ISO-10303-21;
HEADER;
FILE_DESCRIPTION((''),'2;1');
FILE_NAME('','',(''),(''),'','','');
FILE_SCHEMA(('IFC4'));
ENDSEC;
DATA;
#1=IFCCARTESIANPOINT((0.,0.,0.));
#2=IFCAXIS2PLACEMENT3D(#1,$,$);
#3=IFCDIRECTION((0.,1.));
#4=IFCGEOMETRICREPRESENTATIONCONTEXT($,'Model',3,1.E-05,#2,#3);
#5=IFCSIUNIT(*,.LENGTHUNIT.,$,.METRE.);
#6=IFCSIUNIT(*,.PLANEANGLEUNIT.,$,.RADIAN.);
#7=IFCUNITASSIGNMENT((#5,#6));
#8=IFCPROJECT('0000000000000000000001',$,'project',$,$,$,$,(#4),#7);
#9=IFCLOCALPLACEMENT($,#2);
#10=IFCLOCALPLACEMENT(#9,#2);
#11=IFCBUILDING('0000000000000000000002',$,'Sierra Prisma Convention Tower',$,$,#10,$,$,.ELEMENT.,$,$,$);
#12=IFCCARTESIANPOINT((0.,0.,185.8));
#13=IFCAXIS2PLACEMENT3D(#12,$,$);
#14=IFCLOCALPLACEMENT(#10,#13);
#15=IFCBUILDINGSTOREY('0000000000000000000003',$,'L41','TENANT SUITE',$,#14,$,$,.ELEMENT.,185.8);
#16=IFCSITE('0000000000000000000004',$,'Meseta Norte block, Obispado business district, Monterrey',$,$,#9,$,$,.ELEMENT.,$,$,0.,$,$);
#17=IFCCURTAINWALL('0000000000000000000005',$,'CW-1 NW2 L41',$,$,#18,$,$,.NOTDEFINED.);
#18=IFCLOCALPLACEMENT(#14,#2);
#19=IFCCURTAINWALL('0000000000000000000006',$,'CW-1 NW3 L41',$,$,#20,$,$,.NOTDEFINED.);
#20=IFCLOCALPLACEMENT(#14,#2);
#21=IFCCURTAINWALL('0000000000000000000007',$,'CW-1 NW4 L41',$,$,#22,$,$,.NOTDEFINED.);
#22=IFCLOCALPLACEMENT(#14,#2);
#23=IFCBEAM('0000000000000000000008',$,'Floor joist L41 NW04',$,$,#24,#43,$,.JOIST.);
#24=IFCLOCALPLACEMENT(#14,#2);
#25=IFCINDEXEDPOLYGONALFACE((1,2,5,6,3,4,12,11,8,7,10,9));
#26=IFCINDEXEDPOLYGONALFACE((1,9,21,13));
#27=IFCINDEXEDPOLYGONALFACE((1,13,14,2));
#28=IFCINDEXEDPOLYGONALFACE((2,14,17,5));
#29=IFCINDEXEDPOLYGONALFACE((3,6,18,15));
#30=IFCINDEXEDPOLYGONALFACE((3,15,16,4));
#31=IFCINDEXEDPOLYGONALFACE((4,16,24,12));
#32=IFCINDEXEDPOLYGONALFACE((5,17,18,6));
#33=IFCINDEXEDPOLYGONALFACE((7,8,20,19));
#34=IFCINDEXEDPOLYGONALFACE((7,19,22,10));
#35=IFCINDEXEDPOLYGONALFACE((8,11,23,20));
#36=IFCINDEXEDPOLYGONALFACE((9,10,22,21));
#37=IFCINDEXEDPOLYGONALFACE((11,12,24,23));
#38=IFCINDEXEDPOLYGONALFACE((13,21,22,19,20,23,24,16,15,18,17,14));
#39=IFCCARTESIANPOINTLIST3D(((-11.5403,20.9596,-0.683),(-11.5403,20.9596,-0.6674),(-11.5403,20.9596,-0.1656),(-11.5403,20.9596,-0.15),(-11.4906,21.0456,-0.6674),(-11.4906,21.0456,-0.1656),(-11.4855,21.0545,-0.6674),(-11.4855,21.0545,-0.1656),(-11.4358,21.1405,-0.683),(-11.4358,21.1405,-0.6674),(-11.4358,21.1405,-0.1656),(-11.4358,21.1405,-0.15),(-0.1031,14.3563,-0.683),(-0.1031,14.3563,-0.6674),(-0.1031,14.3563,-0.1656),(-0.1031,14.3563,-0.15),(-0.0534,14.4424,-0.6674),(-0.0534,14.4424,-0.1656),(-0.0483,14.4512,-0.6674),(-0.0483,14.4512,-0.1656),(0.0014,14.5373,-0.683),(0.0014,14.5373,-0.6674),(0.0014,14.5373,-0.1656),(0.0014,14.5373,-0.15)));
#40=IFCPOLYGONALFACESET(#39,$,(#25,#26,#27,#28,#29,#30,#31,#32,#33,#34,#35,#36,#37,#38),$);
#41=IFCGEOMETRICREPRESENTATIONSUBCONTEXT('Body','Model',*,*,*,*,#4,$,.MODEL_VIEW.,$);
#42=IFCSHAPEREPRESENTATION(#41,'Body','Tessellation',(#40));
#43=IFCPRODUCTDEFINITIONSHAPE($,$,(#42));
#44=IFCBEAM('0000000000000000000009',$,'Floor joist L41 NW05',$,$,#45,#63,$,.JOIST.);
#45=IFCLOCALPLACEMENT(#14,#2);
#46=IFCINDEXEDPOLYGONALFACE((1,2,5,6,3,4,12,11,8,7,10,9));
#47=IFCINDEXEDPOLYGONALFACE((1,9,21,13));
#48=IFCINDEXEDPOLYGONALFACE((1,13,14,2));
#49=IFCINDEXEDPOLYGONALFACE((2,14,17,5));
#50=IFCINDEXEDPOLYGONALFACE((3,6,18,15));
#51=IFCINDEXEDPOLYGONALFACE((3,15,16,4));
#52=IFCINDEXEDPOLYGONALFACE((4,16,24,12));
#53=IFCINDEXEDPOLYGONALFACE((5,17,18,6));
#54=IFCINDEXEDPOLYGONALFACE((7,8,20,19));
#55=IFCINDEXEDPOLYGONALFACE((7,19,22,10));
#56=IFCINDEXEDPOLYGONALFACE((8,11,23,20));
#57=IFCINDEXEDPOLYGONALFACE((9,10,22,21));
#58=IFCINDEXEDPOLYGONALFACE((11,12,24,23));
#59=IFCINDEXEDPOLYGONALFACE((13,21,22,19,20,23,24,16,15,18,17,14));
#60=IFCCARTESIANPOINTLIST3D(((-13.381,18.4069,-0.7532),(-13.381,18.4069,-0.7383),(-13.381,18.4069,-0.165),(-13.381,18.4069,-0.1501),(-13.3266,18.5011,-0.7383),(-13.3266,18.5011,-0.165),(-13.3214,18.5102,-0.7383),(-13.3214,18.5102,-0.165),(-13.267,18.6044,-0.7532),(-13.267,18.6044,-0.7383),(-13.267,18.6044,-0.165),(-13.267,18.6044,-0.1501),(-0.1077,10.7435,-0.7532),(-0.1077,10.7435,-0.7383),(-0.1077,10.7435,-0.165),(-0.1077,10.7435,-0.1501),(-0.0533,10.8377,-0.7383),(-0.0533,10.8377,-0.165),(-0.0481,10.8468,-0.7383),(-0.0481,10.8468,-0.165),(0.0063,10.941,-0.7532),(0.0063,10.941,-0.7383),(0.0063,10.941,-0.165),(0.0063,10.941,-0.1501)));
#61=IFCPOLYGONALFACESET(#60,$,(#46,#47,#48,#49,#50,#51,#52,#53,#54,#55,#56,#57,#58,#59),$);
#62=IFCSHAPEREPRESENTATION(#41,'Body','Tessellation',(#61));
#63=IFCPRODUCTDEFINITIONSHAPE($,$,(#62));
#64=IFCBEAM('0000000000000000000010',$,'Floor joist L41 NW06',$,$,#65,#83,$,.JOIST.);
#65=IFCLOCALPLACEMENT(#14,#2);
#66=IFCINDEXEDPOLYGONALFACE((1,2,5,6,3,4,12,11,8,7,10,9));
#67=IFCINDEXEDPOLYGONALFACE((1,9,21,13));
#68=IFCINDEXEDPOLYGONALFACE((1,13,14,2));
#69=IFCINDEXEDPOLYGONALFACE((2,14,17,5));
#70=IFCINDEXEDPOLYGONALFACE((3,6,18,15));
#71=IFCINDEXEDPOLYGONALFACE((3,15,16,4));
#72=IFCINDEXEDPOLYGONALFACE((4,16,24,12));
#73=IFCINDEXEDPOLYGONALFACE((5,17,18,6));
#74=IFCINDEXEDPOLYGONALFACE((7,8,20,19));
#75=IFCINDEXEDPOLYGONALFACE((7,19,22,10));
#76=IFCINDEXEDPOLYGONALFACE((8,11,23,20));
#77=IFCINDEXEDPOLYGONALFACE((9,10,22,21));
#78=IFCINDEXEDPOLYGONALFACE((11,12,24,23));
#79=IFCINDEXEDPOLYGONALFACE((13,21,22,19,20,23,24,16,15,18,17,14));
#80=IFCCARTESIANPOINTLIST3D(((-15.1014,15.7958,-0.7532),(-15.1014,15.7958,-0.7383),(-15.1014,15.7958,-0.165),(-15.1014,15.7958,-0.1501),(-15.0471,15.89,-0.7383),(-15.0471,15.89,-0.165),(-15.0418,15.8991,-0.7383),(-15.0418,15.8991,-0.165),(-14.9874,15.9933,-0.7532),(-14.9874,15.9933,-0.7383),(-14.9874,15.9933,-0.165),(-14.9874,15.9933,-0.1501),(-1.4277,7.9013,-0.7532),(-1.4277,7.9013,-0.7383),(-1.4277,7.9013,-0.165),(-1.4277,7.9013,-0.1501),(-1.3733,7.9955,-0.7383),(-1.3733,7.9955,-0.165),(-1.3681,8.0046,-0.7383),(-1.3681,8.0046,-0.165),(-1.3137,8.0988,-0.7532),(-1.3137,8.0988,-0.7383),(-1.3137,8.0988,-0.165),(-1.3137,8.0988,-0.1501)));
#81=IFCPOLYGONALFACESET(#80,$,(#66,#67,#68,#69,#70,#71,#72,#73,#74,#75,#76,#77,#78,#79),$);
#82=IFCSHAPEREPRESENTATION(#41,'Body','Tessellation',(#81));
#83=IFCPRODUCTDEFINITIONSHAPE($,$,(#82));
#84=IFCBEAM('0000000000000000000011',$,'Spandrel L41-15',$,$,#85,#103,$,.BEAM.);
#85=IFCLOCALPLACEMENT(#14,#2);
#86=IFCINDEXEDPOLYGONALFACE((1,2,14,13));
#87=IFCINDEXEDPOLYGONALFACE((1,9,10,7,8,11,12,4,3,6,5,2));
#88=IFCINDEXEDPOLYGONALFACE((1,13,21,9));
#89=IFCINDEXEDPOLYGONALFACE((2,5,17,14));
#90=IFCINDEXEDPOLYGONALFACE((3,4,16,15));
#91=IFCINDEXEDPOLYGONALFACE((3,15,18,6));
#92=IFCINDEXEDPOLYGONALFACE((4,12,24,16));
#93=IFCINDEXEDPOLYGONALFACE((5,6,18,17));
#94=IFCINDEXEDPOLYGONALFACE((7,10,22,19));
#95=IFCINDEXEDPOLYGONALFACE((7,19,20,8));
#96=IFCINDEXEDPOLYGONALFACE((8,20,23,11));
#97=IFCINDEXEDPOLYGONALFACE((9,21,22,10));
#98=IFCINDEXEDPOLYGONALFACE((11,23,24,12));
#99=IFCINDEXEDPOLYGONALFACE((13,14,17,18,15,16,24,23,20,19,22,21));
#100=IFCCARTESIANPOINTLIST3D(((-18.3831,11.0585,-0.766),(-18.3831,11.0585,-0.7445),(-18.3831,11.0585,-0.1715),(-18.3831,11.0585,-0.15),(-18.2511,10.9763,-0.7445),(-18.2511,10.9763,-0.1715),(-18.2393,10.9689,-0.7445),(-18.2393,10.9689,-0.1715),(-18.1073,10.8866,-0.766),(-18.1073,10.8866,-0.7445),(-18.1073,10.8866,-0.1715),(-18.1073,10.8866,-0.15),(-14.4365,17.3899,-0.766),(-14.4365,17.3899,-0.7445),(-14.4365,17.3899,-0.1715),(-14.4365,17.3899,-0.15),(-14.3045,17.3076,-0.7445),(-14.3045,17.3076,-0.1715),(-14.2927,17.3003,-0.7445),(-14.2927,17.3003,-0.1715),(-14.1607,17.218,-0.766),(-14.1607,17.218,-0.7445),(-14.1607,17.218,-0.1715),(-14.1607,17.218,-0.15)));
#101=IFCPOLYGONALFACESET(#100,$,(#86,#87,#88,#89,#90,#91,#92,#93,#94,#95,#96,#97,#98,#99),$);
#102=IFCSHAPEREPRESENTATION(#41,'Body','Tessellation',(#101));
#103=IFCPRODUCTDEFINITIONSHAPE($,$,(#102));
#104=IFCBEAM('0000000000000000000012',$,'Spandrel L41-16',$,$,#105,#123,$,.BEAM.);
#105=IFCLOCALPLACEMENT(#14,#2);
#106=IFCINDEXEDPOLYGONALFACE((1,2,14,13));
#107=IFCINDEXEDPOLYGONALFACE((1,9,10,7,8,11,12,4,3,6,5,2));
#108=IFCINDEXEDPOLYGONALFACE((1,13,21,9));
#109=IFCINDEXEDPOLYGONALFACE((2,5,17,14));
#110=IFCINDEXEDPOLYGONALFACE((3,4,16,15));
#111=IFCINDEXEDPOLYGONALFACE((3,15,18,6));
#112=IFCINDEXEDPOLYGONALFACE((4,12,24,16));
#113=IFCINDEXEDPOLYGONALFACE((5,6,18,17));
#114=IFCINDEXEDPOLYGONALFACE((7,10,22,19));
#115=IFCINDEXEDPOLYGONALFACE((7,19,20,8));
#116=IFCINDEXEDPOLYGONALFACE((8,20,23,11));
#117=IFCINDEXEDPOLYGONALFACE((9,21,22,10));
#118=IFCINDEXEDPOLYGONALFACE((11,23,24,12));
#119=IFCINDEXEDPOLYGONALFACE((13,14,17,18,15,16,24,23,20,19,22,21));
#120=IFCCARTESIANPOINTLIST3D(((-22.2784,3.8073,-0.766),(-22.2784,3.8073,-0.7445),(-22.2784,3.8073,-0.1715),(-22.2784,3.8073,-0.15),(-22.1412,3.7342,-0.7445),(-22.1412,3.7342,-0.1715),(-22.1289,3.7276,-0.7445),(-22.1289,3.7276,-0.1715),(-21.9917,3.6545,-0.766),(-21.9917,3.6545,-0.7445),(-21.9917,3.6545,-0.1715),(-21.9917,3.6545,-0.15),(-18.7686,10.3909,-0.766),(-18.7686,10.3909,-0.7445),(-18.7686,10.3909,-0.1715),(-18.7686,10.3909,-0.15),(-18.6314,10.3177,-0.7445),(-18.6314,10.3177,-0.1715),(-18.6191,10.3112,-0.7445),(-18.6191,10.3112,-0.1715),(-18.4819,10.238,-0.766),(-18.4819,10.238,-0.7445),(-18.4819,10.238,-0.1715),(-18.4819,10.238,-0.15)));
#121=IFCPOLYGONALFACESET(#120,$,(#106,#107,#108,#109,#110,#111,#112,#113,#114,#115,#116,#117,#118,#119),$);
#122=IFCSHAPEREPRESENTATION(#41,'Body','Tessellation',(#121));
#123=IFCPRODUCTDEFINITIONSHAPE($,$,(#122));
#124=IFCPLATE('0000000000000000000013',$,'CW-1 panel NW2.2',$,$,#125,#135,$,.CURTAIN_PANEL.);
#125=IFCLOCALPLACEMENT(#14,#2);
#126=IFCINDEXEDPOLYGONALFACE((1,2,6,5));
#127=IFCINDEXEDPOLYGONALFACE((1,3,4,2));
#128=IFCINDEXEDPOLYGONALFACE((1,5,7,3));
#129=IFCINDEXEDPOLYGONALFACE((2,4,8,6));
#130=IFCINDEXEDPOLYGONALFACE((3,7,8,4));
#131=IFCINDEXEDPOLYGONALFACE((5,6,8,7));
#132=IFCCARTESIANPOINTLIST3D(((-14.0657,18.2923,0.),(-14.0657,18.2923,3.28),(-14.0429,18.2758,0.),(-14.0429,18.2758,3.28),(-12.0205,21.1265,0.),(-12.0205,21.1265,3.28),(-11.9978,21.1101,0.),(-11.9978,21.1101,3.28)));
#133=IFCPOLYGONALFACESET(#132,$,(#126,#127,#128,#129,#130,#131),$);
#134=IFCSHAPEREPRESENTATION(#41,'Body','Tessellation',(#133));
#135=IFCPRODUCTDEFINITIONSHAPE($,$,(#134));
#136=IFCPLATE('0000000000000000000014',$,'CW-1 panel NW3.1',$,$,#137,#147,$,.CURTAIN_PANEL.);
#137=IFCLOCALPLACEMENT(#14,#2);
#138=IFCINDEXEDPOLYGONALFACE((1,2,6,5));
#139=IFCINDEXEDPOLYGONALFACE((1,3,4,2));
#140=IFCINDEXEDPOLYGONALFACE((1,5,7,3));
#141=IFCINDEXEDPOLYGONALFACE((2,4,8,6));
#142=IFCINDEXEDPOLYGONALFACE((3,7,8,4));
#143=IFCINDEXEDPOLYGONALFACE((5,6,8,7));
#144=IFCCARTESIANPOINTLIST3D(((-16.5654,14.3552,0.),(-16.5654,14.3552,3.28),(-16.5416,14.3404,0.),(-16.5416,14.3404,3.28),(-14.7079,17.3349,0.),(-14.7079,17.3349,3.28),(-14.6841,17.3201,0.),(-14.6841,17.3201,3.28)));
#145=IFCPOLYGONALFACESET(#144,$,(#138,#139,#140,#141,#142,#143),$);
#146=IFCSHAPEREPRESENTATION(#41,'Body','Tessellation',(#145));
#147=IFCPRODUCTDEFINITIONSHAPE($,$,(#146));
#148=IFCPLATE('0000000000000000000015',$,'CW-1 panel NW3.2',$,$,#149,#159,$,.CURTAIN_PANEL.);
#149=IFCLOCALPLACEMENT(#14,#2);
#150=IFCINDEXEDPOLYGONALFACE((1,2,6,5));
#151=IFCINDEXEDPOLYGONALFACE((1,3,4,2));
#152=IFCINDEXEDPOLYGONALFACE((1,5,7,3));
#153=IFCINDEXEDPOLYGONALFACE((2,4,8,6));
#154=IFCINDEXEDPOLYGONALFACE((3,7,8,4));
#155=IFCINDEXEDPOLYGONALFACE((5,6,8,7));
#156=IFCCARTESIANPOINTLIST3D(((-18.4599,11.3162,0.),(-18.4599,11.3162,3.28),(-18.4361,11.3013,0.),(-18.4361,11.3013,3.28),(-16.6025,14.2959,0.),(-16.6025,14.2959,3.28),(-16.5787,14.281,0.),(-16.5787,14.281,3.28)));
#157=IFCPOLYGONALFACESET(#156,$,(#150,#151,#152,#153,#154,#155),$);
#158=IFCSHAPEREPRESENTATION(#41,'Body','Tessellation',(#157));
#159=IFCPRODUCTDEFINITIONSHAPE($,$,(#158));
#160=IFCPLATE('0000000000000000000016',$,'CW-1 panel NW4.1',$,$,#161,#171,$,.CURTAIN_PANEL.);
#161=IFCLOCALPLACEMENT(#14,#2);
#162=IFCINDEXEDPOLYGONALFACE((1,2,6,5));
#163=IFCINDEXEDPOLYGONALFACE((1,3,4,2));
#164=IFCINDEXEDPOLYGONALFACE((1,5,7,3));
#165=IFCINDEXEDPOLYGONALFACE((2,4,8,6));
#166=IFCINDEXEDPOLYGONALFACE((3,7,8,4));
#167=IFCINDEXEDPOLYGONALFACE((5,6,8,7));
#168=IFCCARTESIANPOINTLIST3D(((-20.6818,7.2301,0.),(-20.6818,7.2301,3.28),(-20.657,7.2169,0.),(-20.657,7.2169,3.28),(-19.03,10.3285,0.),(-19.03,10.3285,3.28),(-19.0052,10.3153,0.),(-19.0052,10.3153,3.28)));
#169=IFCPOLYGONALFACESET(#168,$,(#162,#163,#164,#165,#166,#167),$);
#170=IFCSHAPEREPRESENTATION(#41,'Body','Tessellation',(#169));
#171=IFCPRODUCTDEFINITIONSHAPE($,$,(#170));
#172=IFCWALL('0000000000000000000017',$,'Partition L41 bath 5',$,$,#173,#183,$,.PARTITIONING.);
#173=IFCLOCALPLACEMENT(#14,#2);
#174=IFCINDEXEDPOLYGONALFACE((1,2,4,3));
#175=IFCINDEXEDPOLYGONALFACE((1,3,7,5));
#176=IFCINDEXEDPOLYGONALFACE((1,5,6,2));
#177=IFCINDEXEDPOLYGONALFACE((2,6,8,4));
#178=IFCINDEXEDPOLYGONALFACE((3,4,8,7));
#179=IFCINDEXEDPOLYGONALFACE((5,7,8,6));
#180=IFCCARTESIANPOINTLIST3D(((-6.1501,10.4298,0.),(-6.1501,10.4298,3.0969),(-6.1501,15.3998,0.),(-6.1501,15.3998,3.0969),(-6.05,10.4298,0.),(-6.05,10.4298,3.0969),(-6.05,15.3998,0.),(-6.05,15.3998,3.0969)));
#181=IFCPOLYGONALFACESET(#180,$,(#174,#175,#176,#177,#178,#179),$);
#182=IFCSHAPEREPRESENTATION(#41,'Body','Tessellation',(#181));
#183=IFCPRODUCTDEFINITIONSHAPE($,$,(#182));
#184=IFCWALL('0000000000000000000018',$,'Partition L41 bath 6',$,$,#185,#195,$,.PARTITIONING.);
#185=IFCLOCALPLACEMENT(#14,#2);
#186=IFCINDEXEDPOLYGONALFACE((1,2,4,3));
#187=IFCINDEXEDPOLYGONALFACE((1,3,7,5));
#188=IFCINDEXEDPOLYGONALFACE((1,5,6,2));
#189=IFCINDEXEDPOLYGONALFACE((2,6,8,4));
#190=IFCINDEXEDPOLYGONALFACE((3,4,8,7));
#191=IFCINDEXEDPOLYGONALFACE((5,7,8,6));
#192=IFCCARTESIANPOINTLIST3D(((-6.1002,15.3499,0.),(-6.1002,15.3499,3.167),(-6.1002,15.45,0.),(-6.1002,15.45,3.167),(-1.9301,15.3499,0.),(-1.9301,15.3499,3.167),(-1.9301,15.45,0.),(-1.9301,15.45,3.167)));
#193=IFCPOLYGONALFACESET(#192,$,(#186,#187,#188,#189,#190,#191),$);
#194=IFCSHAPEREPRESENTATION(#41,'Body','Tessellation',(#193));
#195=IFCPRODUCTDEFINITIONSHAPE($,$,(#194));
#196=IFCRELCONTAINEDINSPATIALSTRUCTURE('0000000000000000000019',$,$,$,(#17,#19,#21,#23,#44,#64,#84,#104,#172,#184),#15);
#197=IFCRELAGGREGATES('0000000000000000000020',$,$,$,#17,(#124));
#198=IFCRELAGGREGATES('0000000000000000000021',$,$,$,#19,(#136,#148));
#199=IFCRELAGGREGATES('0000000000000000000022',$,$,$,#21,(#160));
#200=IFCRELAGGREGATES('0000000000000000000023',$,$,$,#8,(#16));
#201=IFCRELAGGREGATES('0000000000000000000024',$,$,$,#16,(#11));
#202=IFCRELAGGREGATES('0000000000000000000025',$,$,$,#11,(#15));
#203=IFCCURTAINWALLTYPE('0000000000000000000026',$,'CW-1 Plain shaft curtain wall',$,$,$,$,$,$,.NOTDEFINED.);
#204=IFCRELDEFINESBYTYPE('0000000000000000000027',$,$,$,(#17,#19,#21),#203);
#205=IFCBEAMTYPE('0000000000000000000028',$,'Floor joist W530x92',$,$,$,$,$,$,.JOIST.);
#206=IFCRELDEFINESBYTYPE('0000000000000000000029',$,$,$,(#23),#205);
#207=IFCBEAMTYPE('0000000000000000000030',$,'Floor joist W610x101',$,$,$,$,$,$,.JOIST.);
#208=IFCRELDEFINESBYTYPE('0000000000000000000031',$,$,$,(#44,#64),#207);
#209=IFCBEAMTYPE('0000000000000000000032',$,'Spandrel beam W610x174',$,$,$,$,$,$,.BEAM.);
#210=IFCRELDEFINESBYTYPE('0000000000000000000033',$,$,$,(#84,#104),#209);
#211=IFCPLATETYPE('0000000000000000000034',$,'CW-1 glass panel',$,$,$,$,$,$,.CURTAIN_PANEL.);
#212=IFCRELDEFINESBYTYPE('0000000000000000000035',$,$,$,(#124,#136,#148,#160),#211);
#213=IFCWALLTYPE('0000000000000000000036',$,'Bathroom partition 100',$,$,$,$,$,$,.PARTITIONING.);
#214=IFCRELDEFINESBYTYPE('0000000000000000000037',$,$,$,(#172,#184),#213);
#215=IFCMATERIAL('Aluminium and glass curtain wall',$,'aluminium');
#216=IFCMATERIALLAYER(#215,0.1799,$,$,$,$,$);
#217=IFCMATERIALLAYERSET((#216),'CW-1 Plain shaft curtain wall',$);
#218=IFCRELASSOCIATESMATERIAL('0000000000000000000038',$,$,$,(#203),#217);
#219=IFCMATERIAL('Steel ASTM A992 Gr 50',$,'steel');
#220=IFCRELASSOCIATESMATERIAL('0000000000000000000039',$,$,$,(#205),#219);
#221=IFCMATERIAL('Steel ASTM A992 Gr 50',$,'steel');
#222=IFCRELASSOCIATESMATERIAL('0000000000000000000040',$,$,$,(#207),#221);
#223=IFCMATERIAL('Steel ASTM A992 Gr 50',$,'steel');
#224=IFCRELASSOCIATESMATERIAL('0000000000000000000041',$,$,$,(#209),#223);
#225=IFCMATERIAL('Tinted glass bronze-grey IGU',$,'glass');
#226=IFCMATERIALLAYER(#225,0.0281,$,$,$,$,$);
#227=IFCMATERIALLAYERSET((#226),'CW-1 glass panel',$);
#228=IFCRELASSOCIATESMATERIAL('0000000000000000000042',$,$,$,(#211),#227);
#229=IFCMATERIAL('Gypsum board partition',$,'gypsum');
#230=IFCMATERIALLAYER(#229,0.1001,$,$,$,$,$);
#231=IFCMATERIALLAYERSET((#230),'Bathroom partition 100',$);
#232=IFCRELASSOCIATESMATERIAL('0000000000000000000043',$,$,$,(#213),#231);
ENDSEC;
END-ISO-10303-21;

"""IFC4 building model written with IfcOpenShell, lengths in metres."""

from ifc_helpers import new_model, si_unit, direction, frame, frame_2d, origin, origin_2d, place, context, subcontext, project, spatial, rectangle, i_section, extrude, material, layer, layer_set, material_profile, profile_set, type_object, element, aggregate, save


model = new_model("IFC4")

# Units and contexts
model_context = context("Model", 3, precision=1e-05, world=origin(), true_north=direction((0.0, 1.0)))
body_context = subcontext(model_context, "Body", "Model", "MODEL_VIEW")
ifc_project = project(units=[si_unit("LENGTHUNIT", "METRE"), si_unit("PLANEANGLEUNIT", "RADIAN")], contexts=[model_context])

# Site, building, storey
site_placement = place(None, origin())
site = spatial("IfcSite", under=ifc_project, at=site_placement, Name="Meseta Norte block, Obispado business district, Monterrey", CompositionType="ELEMENT", RefElevation=0.0)
building_placement = place(site_placement, origin())
building = spatial("IfcBuilding", under=site, at=building_placement, Name="Sierra Prisma Convention Tower", CompositionType="ELEMENT")
storey_placement = place(building_placement, frame((0.0, 0.0, 185.8)))
storey = spatial("IfcBuildingStorey", under=building, at=storey_placement, Name="L41", Description="TENANT SUITE", CompositionType="ELEMENT", Elevation=185.8)

# Curtain wall
ifc_material_1 = material(Name="Aluminium and glass curtain wall", Category="aluminium")
ifc_layer_1 = layer(ifc_material_1, 0.1799)
ifc_layer_set_1 = layer_set([ifc_layer_1], Name="CW-1 Plain shaft curtain wall")
curtain_wall_type = type_object("IfcCurtainWallType", Name="CW-1 Plain shaft curtain wall", PredefinedType="NOTDEFINED", material=ifc_layer_set_1)
curtain_wall_1_placement = place(storey_placement, origin())
curtain_wall_1 = element("IfcCurtainWall", 1, at=curtain_wall_1_placement, inside=storey, type_object=curtain_wall_type, Name="CW-1 NW2 L41", PredefinedType="NOTDEFINED")

# Curtain wall
curtain_wall_2_placement = place(storey_placement, origin())
curtain_wall_2 = element("IfcCurtainWall", 2, at=curtain_wall_2_placement, inside=storey, type_object=curtain_wall_type, Name="CW-1 NW3 L41", PredefinedType="NOTDEFINED")

# Curtain wall
curtain_wall_3_placement = place(storey_placement, origin())
curtain_wall_3 = element("IfcCurtainWall", 3, at=curtain_wall_3_placement, inside=storey, type_object=curtain_wall_type, Name="CW-1 NW4 L41", PredefinedType="NOTDEFINED")

# Beams
ifc_material_2 = material(Name="Steel ASTM A992 Gr 50", Category="steel")
ifc_material_profile_1 = material_profile(ifc_material_2, i_section(OverallWidth=0.209, OverallDepth=0.533, WebThickness=0.0103, FlangeThickness=0.0156, at=origin_2d()), Name="W530x92")
ifc_profile_set_1 = profile_set([ifc_material_profile_1], Name="Steel ASTM A992 Gr 50")
beam_type_1 = type_object("IfcBeamType", Name="Floor joist W530x92", PredefinedType="JOIST", material=ifc_profile_set_1)
beam_1_placement = place(storey_placement, frame((-11.488, 21.05, -0.4165), z_axis=(0.866026, -0.499998, 0.0), x_axis=(0.499998, 0.866026, 0.0)))
element("IfcBeam", 4, at=beam_1_placement, inside=storey, type_object=beam_type_1, Name="Floor joist L41 NW04", PredefinedType="JOIST", context=body_context, shape_type="SweptSolid", body=[
    extrude(i_section(OverallWidth=0.209, OverallDepth=0.533, WebThickness=0.0103, FlangeThickness=0.0156, at=origin_2d()), origin(), (0.0, 0.0, 1.0), 13.2065),
])
ifc_material_3 = material(Name="Steel ASTM A992 Gr 50", Category="steel")
ifc_material_profile_2 = material_profile(ifc_material_3, i_section(OverallWidth=0.228, OverallDepth=0.603, WebThickness=0.0105, FlangeThickness=0.0149, at=origin_2d()), Name="W610x101")
ifc_profile_set_2 = profile_set([ifc_material_profile_2], Name="Steel ASTM A992 Gr 50")
beam_type_2 = type_object("IfcBeamType", Name="Floor joist W610x101", PredefinedType="JOIST", material=ifc_profile_set_2)
beam_2_placement = place(storey_placement, frame((-13.324, 18.5056, -0.4517), z_axis=(0.866024, -0.500002, 0.0), x_axis=(0.500002, 0.866024, 0.0)))
element("IfcBeam", 5, at=beam_2_placement, inside=storey, type_object=beam_type_2, Name="Floor joist L41 NW05", PredefinedType="JOIST", context=body_context, shape_type="SweptSolid", body=[
    extrude(i_section(OverallWidth=0.228, OverallDepth=0.603, WebThickness=0.0105, FlangeThickness=0.0149, at=origin_2d()), origin(), (0.0, 0.0, 1.0), 15.3267),
])
beam_3_placement = place(storey_placement, frame((-15.0444, 15.8945, -0.4517), z_axis=(0.866027, -0.499997, 0.0), x_axis=(0.499997, 0.866027, 0.0)))
element("IfcBeam", 6, at=beam_3_placement, inside=storey, type_object=beam_type_2, Name="Floor joist L41 NW06", PredefinedType="JOIST", context=body_context, shape_type="SweptSolid", body=[
    extrude(i_section(OverallWidth=0.228, OverallDepth=0.603, WebThickness=0.0105, FlangeThickness=0.0149, at=origin_2d()), origin(), (0.0, 0.0, 1.0), 15.7891),
])
ifc_material_4 = material(Name="Steel ASTM A992 Gr 50", Category="steel")
ifc_material_profile_3 = material_profile(ifc_material_4, i_section(OverallWidth=0.325, OverallDepth=0.616, WebThickness=0.0139, FlangeThickness=0.0215, at=origin_2d()), Name="W610x174")
ifc_profile_set_3 = profile_set([ifc_material_profile_3], Name="Steel ASTM A992 Gr 50")
beam_type_3 = type_object("IfcBeamType", Name="Spandrel beam W610x174", PredefinedType="BEAM", material=ifc_profile_set_3)
for number, where, z_axis, x_axis, name in (
    (7, (-14.2986, 17.304, -0.458), (-0.528984, -0.848632, 0.0), (0.848632, -0.528984, 0.0), "Spandrel L41-15"),
    (8, (-18.6252, 10.3145, -0.458), (-0.470439, -0.882433, 0.0), (0.882433, -0.470439, 0.0), "Spandrel L41-16"),
):
    element("IfcBeam", number, at=place(storey_placement, frame(where, z_axis=z_axis, x_axis=x_axis)), inside=storey, type_object=beam_type_3, Name=name, PredefinedType="BEAM", context=body_context, shape_type="SweptSolid", body=[
        extrude(i_section(OverallWidth=0.325, OverallDepth=0.616, WebThickness=0.0139, FlangeThickness=0.0215, at=origin_2d()), origin(), (0.0, 0.0, 1.0), 7.4607),
    ])

# Plates
ifc_material_5 = material(Name="Tinted glass bronze-grey IGU", Category="glass")
ifc_layer_2 = layer(ifc_material_5, 0.0281)
ifc_layer_set_2 = layer_set([ifc_layer_2], Name="CW-1 glass panel")
plate_type = type_object("IfcPlateType", Name="CW-1 glass panel", PredefinedType="CURTAIN_PANEL", material=ifc_layer_set_2)
plate_1_placement = place(storey_placement, frame((-13.0317, 19.7012, 0.0), z_axis=(0.0, 0.0, 1.0), x_axis=(-0.585154, -0.810923, 0.0)))
plate_1 = element("IfcPlate", 9, at=plate_1_placement, type_object=plate_type, Name="CW-1 panel NW2.2", PredefinedType="CURTAIN_PANEL", context=body_context, shape_type="SweptSolid", body=[
    extrude(rectangle(XDim=3.4951, YDim=0.0281, at=origin_2d()), origin(), (0.0, 0.0, 1.0), 3.28),
])
aggregate(curtain_wall_1, [plate_1])
plate_2_placement = place(storey_placement, frame((-15.6248, 15.8376, 0.0), z_axis=(0.0, 0.0, 1.0), x_axis=(-0.529, -0.848622, 0.0)))
plate_2 = element("IfcPlate", 10, at=plate_2_placement, type_object=plate_type, Name="CW-1 panel NW3.1", PredefinedType="CURTAIN_PANEL", context=body_context, shape_type="SweptSolid", body=[
    extrude(rectangle(XDim=3.5112, YDim=0.0281, at=origin_2d()), origin(), (0.0, 0.0, 1.0), 3.28),
])
plate_3_placement = place(storey_placement, frame((-17.5193, 12.7986, 0.0), z_axis=(0.0, 0.0, 1.0), x_axis=(-0.529, -0.848622, 0.0)))
plate_3 = element("IfcPlate", 11, at=plate_3_placement, type_object=plate_type, Name="CW-1 panel NW3.2", PredefinedType="CURTAIN_PANEL", context=body_context, shape_type="SweptSolid", body=[
    extrude(rectangle(XDim=3.5112, YDim=0.0281, at=origin_2d()), origin(), (0.0, 0.0, 1.0), 3.28),
])
aggregate(curtain_wall_2, [plate_2, plate_3])
plate_4_placement = place(storey_placement, frame((-19.8435, 8.7727, 0.0), z_axis=(0.0, 0.0, 1.0), x_axis=(-0.470428, -0.882439, 0.0)))
plate_4 = element("IfcPlate", 12, at=plate_4_placement, type_object=plate_type, Name="CW-1 panel NW4.1", PredefinedType="CURTAIN_PANEL", context=body_context, shape_type="SweptSolid", body=[
    extrude(rectangle(XDim=3.5112, YDim=0.0281, at=origin_2d()), origin(), (0.0, 0.0, 1.0), 3.28),
])
aggregate(curtain_wall_3, [plate_4])

# Walls
ifc_material_6 = material(Name="Gypsum board partition", Category="gypsum")
ifc_layer_3 = layer(ifc_material_6, 0.1001)
ifc_layer_set_3 = layer_set([ifc_layer_3], Name="Bathroom partition 100")
wall_type_1 = type_object("IfcWallType", Name="Bathroom partition 100", PredefinedType="PARTITIONING", material=ifc_layer_set_3)
wall_1_placement = place(storey_placement, frame((-6.1001, 10.4299, 0.0), z_axis=(0.0, 0.0, 1.0), x_axis=(0.0, 1.0, 0.0)))
element("IfcWall", 13, at=wall_1_placement, inside=storey, type_object=wall_type_1, Name="Partition L41 bath 5", PredefinedType="PARTITIONING", context=body_context, shape_type="SweptSolid", body=[
    extrude(rectangle(XDim=4.97, YDim=0.1001, at=frame_2d((2.4849, 0.0))), origin(), (0.0, 0.0, 1.0), 3.0969),
])
wall_2_placement = place(storey_placement, frame((-6.1001, 15.3999, 0.0), z_axis=(0.0, 0.0, 1.0), x_axis=(1.0, 0.0, 0.0)))
element("IfcWall", 14, at=wall_2_placement, inside=storey, type_object=wall_type_1, Name="Partition L41 bath 6", PredefinedType="PARTITIONING", context=body_context, shape_type="SweptSolid", body=[
    extrude(rectangle(XDim=4.1702, YDim=0.1001, at=frame_2d((2.085, 0.0))), origin(), (0.0, 0.0, 1.0), 3.167),
])

save(model, "model.ifc")
